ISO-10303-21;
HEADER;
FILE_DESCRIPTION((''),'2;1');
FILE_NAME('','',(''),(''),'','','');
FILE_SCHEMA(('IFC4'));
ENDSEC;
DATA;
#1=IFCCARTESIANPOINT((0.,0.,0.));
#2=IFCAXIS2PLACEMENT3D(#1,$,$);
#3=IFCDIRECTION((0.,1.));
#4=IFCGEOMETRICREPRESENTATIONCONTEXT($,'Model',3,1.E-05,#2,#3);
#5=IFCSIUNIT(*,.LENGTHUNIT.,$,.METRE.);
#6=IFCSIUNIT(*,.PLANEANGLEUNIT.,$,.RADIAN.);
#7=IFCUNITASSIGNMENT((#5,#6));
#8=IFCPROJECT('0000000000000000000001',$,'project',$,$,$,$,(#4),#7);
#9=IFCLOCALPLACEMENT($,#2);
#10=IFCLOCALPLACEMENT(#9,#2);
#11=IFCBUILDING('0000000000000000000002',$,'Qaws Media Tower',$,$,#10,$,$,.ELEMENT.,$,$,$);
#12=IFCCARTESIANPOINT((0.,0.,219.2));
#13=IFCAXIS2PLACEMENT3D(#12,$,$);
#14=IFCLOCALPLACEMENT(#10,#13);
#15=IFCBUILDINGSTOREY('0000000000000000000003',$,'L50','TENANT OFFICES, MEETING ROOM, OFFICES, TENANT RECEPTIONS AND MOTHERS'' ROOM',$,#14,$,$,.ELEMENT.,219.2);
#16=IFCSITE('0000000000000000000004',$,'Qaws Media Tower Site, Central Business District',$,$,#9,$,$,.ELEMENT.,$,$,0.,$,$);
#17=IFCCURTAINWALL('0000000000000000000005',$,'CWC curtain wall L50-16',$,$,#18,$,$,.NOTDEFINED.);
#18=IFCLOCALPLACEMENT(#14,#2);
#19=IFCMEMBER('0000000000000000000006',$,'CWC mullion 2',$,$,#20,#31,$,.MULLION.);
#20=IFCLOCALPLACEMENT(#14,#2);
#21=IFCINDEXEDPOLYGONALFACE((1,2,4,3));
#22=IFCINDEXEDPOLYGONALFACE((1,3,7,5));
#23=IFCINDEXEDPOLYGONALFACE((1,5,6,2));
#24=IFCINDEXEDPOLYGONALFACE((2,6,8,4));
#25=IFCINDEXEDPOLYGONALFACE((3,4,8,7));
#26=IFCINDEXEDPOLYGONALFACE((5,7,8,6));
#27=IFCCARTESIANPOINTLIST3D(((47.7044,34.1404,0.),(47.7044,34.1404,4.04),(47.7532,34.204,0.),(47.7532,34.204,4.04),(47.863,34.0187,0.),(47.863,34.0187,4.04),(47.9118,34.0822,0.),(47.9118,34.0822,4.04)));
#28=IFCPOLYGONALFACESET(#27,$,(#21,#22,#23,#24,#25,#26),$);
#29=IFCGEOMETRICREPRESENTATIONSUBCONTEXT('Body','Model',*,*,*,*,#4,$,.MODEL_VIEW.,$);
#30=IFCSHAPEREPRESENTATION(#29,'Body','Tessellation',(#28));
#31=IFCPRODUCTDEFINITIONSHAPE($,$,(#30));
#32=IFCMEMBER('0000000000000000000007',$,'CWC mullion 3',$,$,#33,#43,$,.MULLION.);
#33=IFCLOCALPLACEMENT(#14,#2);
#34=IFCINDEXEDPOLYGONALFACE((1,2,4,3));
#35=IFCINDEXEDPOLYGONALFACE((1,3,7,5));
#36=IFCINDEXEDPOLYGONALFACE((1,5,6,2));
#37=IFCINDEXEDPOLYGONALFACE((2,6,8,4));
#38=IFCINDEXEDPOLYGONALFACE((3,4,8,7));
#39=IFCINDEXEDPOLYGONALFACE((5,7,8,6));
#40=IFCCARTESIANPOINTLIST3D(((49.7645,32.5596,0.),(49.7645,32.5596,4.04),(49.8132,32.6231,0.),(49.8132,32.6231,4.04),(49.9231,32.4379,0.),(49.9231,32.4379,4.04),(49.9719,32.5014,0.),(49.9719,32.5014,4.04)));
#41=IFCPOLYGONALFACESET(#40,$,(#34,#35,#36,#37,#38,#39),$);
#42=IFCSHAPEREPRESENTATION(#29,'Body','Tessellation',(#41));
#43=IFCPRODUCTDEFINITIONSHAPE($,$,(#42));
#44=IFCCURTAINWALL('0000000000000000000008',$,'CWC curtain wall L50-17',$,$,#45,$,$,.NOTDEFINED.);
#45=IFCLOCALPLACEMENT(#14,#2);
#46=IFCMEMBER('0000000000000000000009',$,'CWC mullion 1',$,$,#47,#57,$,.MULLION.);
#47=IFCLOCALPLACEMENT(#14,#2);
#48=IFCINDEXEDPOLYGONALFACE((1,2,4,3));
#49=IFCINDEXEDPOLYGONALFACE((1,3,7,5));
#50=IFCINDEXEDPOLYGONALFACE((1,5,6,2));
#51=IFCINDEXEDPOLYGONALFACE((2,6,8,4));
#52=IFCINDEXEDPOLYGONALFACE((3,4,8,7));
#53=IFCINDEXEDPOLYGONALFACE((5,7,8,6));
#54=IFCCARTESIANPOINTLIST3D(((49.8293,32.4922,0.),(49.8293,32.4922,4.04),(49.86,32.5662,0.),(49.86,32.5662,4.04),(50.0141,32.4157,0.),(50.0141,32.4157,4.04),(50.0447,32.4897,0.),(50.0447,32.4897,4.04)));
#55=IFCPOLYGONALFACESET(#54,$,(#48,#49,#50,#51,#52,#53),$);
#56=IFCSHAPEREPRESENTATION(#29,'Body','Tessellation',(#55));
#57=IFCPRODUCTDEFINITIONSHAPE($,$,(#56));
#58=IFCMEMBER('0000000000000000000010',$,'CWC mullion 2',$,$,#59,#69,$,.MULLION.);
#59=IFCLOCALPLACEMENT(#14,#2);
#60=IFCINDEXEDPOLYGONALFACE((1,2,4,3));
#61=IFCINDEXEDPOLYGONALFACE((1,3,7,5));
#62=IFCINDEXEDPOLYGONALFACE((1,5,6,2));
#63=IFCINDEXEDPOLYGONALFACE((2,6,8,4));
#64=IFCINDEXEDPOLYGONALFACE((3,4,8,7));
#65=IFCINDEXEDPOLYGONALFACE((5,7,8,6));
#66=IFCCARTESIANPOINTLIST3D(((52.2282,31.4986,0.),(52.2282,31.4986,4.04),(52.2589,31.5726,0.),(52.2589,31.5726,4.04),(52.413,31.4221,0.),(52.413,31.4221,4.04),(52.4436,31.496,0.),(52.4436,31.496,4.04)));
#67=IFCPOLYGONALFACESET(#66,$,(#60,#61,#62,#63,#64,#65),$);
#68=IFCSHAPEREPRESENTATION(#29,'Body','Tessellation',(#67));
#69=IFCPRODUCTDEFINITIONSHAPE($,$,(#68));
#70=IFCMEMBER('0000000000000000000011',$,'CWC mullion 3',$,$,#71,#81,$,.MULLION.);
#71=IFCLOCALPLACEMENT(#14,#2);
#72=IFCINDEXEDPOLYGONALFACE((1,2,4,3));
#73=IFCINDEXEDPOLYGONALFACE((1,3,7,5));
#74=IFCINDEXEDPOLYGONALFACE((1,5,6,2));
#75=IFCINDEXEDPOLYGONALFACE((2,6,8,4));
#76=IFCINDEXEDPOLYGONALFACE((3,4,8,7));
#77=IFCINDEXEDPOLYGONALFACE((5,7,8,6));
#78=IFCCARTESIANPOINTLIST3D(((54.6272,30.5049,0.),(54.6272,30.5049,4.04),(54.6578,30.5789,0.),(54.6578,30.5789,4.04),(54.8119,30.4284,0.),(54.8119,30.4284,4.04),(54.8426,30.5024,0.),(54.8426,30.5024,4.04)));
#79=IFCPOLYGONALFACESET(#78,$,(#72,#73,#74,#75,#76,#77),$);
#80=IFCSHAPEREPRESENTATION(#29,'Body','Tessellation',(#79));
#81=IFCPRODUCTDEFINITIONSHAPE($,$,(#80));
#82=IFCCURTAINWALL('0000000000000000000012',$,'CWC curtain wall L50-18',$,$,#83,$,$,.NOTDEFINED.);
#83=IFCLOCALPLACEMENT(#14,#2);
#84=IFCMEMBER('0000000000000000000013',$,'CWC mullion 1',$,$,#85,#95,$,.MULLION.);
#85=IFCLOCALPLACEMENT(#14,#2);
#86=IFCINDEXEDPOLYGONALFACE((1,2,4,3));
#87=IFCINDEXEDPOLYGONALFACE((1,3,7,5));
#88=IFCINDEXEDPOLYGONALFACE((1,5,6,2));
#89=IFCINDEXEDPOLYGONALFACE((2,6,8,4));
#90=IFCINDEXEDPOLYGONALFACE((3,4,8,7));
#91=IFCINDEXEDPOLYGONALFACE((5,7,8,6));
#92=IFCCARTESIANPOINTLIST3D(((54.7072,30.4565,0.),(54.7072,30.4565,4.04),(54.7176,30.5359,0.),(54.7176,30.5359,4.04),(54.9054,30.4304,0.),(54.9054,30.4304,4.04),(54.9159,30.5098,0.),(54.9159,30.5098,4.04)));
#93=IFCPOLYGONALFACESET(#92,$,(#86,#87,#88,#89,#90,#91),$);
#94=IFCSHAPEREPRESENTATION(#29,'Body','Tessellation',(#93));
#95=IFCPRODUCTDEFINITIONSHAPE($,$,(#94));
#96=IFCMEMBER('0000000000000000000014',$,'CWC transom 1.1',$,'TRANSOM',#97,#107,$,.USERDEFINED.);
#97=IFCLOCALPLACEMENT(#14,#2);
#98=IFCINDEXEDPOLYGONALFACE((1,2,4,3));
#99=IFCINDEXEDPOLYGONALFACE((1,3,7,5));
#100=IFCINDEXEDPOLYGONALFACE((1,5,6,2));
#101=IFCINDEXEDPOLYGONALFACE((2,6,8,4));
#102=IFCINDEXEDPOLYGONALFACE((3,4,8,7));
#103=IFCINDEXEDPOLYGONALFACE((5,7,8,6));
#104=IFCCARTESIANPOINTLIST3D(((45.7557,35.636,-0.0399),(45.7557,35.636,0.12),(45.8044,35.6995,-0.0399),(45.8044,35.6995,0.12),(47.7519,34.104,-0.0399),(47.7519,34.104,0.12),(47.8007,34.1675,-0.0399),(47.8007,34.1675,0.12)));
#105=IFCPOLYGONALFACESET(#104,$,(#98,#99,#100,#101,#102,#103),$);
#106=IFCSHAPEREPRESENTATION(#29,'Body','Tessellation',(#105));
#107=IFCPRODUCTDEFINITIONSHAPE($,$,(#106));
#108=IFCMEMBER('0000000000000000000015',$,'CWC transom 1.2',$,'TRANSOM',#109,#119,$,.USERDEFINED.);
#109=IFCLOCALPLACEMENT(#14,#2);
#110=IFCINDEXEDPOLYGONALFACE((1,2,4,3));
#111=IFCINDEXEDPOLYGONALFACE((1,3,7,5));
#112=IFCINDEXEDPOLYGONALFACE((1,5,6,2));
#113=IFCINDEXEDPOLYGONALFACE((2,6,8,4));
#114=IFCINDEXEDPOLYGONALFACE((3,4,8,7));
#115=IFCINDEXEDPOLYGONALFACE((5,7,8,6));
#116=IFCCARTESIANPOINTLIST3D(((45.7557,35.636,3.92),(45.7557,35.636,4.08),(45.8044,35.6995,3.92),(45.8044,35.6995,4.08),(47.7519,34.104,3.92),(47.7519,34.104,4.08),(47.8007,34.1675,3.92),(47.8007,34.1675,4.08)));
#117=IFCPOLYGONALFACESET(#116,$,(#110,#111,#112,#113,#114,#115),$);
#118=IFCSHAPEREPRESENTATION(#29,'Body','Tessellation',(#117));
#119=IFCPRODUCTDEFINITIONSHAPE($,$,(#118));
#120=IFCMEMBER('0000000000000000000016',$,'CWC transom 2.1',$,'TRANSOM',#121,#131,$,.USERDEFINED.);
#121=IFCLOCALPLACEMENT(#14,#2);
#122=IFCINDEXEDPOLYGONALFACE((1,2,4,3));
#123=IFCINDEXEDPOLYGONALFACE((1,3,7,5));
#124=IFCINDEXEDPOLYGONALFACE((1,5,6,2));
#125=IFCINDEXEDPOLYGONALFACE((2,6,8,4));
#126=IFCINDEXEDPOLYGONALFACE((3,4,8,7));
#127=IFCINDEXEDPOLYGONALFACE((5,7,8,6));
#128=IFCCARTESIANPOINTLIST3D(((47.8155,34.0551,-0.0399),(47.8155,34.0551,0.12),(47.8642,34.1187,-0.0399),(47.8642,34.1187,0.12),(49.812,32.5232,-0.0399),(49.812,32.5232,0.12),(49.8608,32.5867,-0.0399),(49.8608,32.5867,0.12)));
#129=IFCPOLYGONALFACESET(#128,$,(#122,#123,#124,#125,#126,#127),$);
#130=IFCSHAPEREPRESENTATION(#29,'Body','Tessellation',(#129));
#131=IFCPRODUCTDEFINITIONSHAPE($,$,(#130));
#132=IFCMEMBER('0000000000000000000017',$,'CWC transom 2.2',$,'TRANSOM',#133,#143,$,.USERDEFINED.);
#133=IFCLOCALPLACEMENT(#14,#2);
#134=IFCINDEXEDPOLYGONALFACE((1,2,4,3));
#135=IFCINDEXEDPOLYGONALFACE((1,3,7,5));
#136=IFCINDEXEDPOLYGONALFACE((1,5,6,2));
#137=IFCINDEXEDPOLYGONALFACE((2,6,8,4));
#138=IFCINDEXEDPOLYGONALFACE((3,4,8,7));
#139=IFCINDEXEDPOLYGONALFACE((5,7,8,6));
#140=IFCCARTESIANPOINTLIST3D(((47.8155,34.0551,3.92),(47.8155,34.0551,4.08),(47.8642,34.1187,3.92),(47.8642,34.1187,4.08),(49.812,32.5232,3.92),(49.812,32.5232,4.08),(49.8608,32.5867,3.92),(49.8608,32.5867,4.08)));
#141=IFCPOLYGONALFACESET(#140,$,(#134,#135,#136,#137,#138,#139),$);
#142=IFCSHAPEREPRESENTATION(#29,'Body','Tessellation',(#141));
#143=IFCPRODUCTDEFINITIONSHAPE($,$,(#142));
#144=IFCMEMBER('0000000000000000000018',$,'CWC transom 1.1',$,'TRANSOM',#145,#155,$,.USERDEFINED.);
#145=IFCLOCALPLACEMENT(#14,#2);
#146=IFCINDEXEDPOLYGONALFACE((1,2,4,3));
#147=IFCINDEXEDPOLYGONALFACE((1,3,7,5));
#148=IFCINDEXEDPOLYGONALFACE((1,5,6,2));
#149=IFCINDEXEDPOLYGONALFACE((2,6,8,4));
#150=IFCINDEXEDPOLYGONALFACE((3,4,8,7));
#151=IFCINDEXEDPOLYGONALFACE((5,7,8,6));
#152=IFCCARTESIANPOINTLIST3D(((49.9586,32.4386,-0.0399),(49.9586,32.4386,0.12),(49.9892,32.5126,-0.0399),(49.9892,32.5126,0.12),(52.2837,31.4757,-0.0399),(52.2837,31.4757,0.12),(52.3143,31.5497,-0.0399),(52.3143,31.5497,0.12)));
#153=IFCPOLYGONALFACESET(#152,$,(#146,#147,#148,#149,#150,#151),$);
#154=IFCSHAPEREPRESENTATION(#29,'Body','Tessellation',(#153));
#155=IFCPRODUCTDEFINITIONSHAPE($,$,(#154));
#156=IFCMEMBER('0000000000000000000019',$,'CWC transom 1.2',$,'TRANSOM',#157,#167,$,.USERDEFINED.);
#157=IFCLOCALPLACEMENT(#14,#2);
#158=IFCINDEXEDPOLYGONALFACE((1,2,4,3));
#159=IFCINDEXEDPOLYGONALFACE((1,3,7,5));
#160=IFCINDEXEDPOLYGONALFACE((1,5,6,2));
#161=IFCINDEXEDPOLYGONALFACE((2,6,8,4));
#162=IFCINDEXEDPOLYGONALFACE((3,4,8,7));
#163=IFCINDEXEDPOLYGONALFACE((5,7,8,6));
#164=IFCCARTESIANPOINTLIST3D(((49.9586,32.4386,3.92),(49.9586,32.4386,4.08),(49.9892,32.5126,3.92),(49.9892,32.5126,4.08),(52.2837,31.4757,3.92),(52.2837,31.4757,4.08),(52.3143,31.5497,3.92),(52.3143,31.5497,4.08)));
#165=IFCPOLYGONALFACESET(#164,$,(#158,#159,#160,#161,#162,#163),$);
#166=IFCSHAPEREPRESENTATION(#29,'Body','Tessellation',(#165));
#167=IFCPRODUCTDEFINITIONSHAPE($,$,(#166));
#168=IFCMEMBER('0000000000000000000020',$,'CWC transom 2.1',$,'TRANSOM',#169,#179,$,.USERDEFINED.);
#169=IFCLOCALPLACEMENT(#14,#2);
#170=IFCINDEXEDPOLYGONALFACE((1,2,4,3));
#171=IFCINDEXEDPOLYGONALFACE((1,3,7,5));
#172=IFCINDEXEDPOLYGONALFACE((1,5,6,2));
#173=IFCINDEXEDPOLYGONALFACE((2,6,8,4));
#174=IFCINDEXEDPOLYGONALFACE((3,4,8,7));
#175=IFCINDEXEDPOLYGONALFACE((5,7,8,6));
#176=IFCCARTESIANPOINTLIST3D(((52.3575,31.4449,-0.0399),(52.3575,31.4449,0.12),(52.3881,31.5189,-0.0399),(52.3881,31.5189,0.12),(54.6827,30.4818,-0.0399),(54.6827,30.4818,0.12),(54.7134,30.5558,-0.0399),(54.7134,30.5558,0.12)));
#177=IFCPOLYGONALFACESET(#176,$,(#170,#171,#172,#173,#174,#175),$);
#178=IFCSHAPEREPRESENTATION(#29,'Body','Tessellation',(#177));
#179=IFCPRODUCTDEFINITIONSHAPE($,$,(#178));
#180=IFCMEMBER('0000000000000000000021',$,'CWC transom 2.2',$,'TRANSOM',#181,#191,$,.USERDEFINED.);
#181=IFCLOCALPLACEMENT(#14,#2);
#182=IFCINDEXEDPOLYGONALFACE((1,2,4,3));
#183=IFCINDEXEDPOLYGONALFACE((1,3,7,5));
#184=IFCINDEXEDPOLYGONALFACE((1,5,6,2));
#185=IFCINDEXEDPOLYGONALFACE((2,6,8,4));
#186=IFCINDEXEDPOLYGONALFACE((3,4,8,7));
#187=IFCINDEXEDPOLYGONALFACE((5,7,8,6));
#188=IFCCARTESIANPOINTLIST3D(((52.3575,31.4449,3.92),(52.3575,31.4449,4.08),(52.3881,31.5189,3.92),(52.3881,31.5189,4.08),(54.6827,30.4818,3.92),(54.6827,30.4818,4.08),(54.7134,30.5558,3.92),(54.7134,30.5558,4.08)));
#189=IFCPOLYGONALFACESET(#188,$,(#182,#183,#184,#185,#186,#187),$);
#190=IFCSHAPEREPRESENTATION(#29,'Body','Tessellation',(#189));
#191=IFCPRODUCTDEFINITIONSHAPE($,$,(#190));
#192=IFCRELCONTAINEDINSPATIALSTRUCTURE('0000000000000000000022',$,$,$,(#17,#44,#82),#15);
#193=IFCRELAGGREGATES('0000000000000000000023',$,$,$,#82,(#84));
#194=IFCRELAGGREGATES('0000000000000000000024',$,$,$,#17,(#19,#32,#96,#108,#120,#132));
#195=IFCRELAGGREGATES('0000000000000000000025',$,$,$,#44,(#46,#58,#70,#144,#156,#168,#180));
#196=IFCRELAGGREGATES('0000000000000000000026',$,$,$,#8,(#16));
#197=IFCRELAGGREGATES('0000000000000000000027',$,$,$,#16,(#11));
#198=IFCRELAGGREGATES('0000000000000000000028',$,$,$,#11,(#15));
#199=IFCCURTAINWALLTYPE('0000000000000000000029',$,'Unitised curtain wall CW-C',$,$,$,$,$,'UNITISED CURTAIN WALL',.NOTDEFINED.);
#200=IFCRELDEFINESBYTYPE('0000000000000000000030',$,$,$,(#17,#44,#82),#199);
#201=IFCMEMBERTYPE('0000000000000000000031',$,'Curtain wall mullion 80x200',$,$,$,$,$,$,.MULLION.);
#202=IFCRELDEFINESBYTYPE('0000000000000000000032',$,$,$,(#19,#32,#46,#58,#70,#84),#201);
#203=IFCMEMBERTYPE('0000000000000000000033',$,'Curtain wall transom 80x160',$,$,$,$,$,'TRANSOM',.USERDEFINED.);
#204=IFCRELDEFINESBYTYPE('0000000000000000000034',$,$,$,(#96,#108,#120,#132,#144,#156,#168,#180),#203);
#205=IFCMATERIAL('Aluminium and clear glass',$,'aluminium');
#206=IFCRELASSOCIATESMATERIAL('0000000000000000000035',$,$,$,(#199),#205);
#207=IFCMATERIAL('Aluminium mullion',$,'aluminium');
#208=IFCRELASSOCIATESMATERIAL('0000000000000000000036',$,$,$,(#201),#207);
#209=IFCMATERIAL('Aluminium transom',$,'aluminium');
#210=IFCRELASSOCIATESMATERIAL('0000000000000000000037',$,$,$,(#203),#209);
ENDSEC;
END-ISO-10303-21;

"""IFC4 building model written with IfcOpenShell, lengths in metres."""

from ifc_helpers import new_model, si_unit, direction, frame, origin, origin_2d, place, context, subcontext, project, spatial, rectangle, extrude, material, material_profile, profile_set, type_object, element, aggregate, save


model = new_model("IFC4")

# Units and contexts
model_context = context("Model", 3, precision=1e-05, world=origin(), true_north=direction((0.0, 1.0)))
body_context = subcontext(model_context, "Body", "Model", "MODEL_VIEW")
ifc_project = project(units=[si_unit("LENGTHUNIT", "METRE"), si_unit("PLANEANGLEUNIT", "RADIAN")], contexts=[model_context])

# Site, building, storey
site_placement = place(None, origin())
site = spatial("IfcSite", under=ifc_project, at=site_placement, Name="Qaws Media Tower Site, Central Business District", CompositionType="ELEMENT", RefElevation=0.0)
building_placement = place(site_placement, origin())
building = spatial("IfcBuilding", under=site, at=building_placement, Name="Qaws Media Tower", CompositionType="ELEMENT")
storey_placement = place(building_placement, frame((0.0, 0.0, 219.2)))
storey = spatial("IfcBuildingStorey", under=building, at=storey_placement, Name="L50", Description="TENANT OFFICES, MEETING ROOM, OFFICES, TENANT RECEPTIONS AND MOTHERS' ROOM", CompositionType="ELEMENT", Elevation=219.2)

# Curtain walls, members
ifc_material_1 = material(Name="Aluminium and clear glass", Category="aluminium")
curtain_wall_type = type_object("IfcCurtainWallType", Name="Unitised curtain wall CW-C", ElementType="UNITISED CURTAIN WALL", PredefinedType="NOTDEFINED", material=ifc_material_1)
curtain_wall_1_placement = place(storey_placement, origin())
curtain_wall_1 = element("IfcCurtainWall", 1, at=curtain_wall_1_placement, inside=storey, type_object=curtain_wall_type, Name="CWC curtain wall L50-16", PredefinedType="NOTDEFINED")
ifc_material_2 = material(Name="Aluminium mullion", Category="aluminium")
ifc_material_profile_1 = material_profile(ifc_material_2, rectangle(XDim=0.0801, YDim=0.2, at=origin_2d()), Name="80x200")
ifc_profile_set_1 = profile_set([ifc_material_profile_1], Name="Aluminium mullion")
member_type_1 = type_object("IfcMemberType", Name="Curtain wall mullion 80x200", PredefinedType="MULLION", material=ifc_profile_set_1)
member_1_placement = place(storey_placement, frame((47.8081, 34.1113, 0.0), z_axis=(0.0, 0.0, 1.0), x_axis=(0.608761, 0.793353, 0.0)))
member_1 = element("IfcMember", 2, at=member_1_placement, type_object=member_type_1, Name="CWC mullion 2", PredefinedType="MULLION", context=body_context, shape_type="SweptSolid", body=[
    extrude(rectangle(XDim=0.0801, YDim=0.2, at=origin_2d()), origin(), (0.0, 0.0, 1.0), 4.04),
])
member_2_placement = place(storey_placement, frame((49.8682, 32.5305, 0.0), z_axis=(0.0, 0.0, 1.0), x_axis=(0.608761, 0.793353, 0.0)))
member_2 = element("IfcMember", 3, at=member_2_placement, type_object=member_type_1, Name="CWC mullion 3", PredefinedType="MULLION", context=body_context, shape_type="SweptSolid", body=[
    extrude(rectangle(XDim=0.0801, YDim=0.2, at=origin_2d()), origin(), (0.0, 0.0, 1.0), 4.04),
])
curtain_wall_2_placement = place(storey_placement, origin())
curtain_wall_2 = element("IfcCurtainWall", 4, at=curtain_wall_2_placement, inside=storey, type_object=curtain_wall_type, Name="CWC curtain wall L50-17", PredefinedType="NOTDEFINED")
member_3_placement = place(storey_placement, frame((49.937, 32.491, 0.0), z_axis=(0.0, 0.0, 1.0), x_axis=(0.382684, 0.923879, 0.0)))
member_3 = element("IfcMember", 5, at=member_3_placement, type_object=member_type_1, Name="CWC mullion 1", PredefinedType="MULLION", context=body_context, shape_type="SweptSolid", body=[
    extrude(rectangle(XDim=0.0801, YDim=0.2, at=origin_2d()), origin(), (0.0, 0.0, 1.0), 4.04),
])
member_4_placement = place(storey_placement, frame((52.3359, 31.4973, 0.0), z_axis=(0.0, 0.0, 1.0), x_axis=(0.382684, 0.923879, 0.0)))
member_4 = element("IfcMember", 6, at=member_4_placement, type_object=member_type_1, Name="CWC mullion 2", PredefinedType="MULLION", context=body_context, shape_type="SweptSolid", body=[
    extrude(rectangle(XDim=0.0801, YDim=0.2, at=origin_2d()), origin(), (0.0, 0.0, 1.0), 4.04),
])
member_5_placement = place(storey_placement, frame((54.7349, 30.5037, 0.0), z_axis=(0.0, 0.0, 1.0), x_axis=(0.382684, 0.923879, 0.0)))
member_5 = element("IfcMember", 7, at=member_5_placement, type_object=member_type_1, Name="CWC mullion 3", PredefinedType="MULLION", context=body_context, shape_type="SweptSolid", body=[
    extrude(rectangle(XDim=0.0801, YDim=0.2, at=origin_2d()), origin(), (0.0, 0.0, 1.0), 4.04),
])

# Curtain wall, member
curtain_wall_3_placement = place(storey_placement, origin())
curtain_wall_3 = element("IfcCurtainWall", 8, at=curtain_wall_3_placement, inside=storey, type_object=curtain_wall_type, Name="CWC curtain wall L50-18", PredefinedType="NOTDEFINED")
member_6_placement = place(storey_placement, frame((54.8115, 30.4832, 0.0), z_axis=(0.0, 0.0, 1.0), x_axis=(0.130526, 0.991445, 0.0)))
member_6 = element("IfcMember", 9, at=member_6_placement, type_object=member_type_1, Name="CWC mullion 1", PredefinedType="MULLION", context=body_context, shape_type="SweptSolid", body=[
    extrude(rectangle(XDim=0.0801, YDim=0.2, at=origin_2d()), origin(), (0.0, 0.0, 1.0), 4.04),
])

# Members
ifc_material_3 = material(Name="Aluminium transom", Category="aluminium")
ifc_material_profile_2 = material_profile(ifc_material_3, rectangle(XDim=0.0801, YDim=0.1599, at=origin_2d()), Name="80x160")
ifc_profile_set_2 = profile_set([ifc_material_profile_2], Name="Aluminium transom")
member_type_2 = type_object("IfcMemberType", Name="Curtain wall transom 80x160", ElementType="TRANSOM", PredefinedType="USERDEFINED", material=ifc_profile_set_2)
member_7_placement = place(storey_placement, frame((45.78, 35.6677, 0.04), z_axis=(0.793327, -0.608796, 0.0), x_axis=(0.608796, 0.793327, 0.0)))
member_7 = element("IfcMember", 10, at=member_7_placement, type_object=member_type_2, Name="CWC transom 1.1", ObjectType="TRANSOM", PredefinedType="USERDEFINED", context=body_context, shape_type="SweptSolid", body=[
    extrude(rectangle(XDim=0.0801, YDim=0.1599, at=origin_2d()), origin(), (0.0, 0.0, 1.0), 2.5164),
])
member_8_placement = place(storey_placement, frame((45.78, 35.6677, 4.0), z_axis=(0.793327, -0.608796, 0.0), x_axis=(0.608796, 0.793327, 0.0)))
member_8 = element("IfcMember", 11, at=member_8_placement, type_object=member_type_2, Name="CWC transom 1.2", ObjectType="TRANSOM", PredefinedType="USERDEFINED", context=body_context, shape_type="SweptSolid", body=[
    extrude(rectangle(XDim=0.0801, YDim=0.1599, at=origin_2d()), origin(), (0.0, 0.0, 1.0), 2.5164),
])
member_9_placement = place(storey_placement, frame((47.8398, 34.0869, 0.04), z_axis=(0.793363, -0.608749, 0.0), x_axis=(0.608749, 0.793363, 0.0)))
member_9 = element("IfcMember", 12, at=member_9_placement, type_object=member_type_2, Name="CWC transom 2.1", ObjectType="TRANSOM", PredefinedType="USERDEFINED", context=body_context, shape_type="SweptSolid", body=[
    extrude(rectangle(XDim=0.0801, YDim=0.1599, at=origin_2d()), origin(), (0.0, 0.0, 1.0), 2.5166),
])
member_10_placement = place(storey_placement, frame((47.8398, 34.0869, 4.0), z_axis=(0.793363, -0.608749, 0.0), x_axis=(0.608749, 0.793363, 0.0)))
member_10 = element("IfcMember", 13, at=member_10_placement, type_object=member_type_2, Name="CWC transom 2.2", ObjectType="TRANSOM", PredefinedType="USERDEFINED", context=body_context, shape_type="SweptSolid", body=[
    extrude(rectangle(XDim=0.0801, YDim=0.1599, at=origin_2d()), origin(), (0.0, 0.0, 1.0), 2.5166),
])
member_11_placement = place(storey_placement, frame((49.9739, 32.4756, 0.04), z_axis=(0.923913, -0.382603, 0.0), x_axis=(0.382603, 0.923913, 0.0)))
member_11 = element("IfcMember", 14, at=member_11_placement, type_object=member_type_2, Name="CWC transom 1.1", ObjectType="TRANSOM", PredefinedType="USERDEFINED", context=body_context, shape_type="SweptSolid", body=[
    extrude(rectangle(XDim=0.0801, YDim=0.1599, at=origin_2d()), origin(), (0.0, 0.0, 1.0), 2.5166),
])
member_12_placement = place(storey_placement, frame((49.9739, 32.4756, 4.0), z_axis=(0.923913, -0.382603, 0.0), x_axis=(0.382603, 0.923913, 0.0)))
member_12 = element("IfcMember", 15, at=member_12_placement, type_object=member_type_2, Name="CWC transom 1.2", ObjectType="TRANSOM", PredefinedType="USERDEFINED", context=body_context, shape_type="SweptSolid", body=[
    extrude(rectangle(XDim=0.0801, YDim=0.1599, at=origin_2d()), origin(), (0.0, 0.0, 1.0), 2.5166),
])
member_13_placement = place(storey_placement, frame((52.3728, 31.4819, 0.04), z_axis=(0.923879, -0.382686, 0.0), x_axis=(0.382686, 0.923879, 0.0)))
member_13 = element("IfcMember", 16, at=member_13_placement, type_object=member_type_2, Name="CWC transom 2.1", ObjectType="TRANSOM", PredefinedType="USERDEFINED", context=body_context, shape_type="SweptSolid", body=[
    extrude(rectangle(XDim=0.0801, YDim=0.1599, at=origin_2d()), origin(), (0.0, 0.0, 1.0), 2.5168),
])
member_14_placement = place(storey_placement, frame((52.3728, 31.4819, 4.0), z_axis=(0.923879, -0.382686, 0.0), x_axis=(0.382686, 0.923879, 0.0)))
member_14 = element("IfcMember", 17, at=member_14_placement, type_object=member_type_2, Name="CWC transom 2.2", ObjectType="TRANSOM", PredefinedType="USERDEFINED", context=body_context, shape_type="SweptSolid", body=[
    extrude(rectangle(XDim=0.0801, YDim=0.1599, at=origin_2d()), origin(), (0.0, 0.0, 1.0), 2.5168),
])
aggregate(curtain_wall_3, [member_6])

aggregate(curtain_wall_1, [member_1, member_2, member_7, member_8, member_9, member_10])
aggregate(curtain_wall_2, [member_3, member_4, member_5, member_11, member_12, member_13, member_14])

save(model, "model.ifc")
